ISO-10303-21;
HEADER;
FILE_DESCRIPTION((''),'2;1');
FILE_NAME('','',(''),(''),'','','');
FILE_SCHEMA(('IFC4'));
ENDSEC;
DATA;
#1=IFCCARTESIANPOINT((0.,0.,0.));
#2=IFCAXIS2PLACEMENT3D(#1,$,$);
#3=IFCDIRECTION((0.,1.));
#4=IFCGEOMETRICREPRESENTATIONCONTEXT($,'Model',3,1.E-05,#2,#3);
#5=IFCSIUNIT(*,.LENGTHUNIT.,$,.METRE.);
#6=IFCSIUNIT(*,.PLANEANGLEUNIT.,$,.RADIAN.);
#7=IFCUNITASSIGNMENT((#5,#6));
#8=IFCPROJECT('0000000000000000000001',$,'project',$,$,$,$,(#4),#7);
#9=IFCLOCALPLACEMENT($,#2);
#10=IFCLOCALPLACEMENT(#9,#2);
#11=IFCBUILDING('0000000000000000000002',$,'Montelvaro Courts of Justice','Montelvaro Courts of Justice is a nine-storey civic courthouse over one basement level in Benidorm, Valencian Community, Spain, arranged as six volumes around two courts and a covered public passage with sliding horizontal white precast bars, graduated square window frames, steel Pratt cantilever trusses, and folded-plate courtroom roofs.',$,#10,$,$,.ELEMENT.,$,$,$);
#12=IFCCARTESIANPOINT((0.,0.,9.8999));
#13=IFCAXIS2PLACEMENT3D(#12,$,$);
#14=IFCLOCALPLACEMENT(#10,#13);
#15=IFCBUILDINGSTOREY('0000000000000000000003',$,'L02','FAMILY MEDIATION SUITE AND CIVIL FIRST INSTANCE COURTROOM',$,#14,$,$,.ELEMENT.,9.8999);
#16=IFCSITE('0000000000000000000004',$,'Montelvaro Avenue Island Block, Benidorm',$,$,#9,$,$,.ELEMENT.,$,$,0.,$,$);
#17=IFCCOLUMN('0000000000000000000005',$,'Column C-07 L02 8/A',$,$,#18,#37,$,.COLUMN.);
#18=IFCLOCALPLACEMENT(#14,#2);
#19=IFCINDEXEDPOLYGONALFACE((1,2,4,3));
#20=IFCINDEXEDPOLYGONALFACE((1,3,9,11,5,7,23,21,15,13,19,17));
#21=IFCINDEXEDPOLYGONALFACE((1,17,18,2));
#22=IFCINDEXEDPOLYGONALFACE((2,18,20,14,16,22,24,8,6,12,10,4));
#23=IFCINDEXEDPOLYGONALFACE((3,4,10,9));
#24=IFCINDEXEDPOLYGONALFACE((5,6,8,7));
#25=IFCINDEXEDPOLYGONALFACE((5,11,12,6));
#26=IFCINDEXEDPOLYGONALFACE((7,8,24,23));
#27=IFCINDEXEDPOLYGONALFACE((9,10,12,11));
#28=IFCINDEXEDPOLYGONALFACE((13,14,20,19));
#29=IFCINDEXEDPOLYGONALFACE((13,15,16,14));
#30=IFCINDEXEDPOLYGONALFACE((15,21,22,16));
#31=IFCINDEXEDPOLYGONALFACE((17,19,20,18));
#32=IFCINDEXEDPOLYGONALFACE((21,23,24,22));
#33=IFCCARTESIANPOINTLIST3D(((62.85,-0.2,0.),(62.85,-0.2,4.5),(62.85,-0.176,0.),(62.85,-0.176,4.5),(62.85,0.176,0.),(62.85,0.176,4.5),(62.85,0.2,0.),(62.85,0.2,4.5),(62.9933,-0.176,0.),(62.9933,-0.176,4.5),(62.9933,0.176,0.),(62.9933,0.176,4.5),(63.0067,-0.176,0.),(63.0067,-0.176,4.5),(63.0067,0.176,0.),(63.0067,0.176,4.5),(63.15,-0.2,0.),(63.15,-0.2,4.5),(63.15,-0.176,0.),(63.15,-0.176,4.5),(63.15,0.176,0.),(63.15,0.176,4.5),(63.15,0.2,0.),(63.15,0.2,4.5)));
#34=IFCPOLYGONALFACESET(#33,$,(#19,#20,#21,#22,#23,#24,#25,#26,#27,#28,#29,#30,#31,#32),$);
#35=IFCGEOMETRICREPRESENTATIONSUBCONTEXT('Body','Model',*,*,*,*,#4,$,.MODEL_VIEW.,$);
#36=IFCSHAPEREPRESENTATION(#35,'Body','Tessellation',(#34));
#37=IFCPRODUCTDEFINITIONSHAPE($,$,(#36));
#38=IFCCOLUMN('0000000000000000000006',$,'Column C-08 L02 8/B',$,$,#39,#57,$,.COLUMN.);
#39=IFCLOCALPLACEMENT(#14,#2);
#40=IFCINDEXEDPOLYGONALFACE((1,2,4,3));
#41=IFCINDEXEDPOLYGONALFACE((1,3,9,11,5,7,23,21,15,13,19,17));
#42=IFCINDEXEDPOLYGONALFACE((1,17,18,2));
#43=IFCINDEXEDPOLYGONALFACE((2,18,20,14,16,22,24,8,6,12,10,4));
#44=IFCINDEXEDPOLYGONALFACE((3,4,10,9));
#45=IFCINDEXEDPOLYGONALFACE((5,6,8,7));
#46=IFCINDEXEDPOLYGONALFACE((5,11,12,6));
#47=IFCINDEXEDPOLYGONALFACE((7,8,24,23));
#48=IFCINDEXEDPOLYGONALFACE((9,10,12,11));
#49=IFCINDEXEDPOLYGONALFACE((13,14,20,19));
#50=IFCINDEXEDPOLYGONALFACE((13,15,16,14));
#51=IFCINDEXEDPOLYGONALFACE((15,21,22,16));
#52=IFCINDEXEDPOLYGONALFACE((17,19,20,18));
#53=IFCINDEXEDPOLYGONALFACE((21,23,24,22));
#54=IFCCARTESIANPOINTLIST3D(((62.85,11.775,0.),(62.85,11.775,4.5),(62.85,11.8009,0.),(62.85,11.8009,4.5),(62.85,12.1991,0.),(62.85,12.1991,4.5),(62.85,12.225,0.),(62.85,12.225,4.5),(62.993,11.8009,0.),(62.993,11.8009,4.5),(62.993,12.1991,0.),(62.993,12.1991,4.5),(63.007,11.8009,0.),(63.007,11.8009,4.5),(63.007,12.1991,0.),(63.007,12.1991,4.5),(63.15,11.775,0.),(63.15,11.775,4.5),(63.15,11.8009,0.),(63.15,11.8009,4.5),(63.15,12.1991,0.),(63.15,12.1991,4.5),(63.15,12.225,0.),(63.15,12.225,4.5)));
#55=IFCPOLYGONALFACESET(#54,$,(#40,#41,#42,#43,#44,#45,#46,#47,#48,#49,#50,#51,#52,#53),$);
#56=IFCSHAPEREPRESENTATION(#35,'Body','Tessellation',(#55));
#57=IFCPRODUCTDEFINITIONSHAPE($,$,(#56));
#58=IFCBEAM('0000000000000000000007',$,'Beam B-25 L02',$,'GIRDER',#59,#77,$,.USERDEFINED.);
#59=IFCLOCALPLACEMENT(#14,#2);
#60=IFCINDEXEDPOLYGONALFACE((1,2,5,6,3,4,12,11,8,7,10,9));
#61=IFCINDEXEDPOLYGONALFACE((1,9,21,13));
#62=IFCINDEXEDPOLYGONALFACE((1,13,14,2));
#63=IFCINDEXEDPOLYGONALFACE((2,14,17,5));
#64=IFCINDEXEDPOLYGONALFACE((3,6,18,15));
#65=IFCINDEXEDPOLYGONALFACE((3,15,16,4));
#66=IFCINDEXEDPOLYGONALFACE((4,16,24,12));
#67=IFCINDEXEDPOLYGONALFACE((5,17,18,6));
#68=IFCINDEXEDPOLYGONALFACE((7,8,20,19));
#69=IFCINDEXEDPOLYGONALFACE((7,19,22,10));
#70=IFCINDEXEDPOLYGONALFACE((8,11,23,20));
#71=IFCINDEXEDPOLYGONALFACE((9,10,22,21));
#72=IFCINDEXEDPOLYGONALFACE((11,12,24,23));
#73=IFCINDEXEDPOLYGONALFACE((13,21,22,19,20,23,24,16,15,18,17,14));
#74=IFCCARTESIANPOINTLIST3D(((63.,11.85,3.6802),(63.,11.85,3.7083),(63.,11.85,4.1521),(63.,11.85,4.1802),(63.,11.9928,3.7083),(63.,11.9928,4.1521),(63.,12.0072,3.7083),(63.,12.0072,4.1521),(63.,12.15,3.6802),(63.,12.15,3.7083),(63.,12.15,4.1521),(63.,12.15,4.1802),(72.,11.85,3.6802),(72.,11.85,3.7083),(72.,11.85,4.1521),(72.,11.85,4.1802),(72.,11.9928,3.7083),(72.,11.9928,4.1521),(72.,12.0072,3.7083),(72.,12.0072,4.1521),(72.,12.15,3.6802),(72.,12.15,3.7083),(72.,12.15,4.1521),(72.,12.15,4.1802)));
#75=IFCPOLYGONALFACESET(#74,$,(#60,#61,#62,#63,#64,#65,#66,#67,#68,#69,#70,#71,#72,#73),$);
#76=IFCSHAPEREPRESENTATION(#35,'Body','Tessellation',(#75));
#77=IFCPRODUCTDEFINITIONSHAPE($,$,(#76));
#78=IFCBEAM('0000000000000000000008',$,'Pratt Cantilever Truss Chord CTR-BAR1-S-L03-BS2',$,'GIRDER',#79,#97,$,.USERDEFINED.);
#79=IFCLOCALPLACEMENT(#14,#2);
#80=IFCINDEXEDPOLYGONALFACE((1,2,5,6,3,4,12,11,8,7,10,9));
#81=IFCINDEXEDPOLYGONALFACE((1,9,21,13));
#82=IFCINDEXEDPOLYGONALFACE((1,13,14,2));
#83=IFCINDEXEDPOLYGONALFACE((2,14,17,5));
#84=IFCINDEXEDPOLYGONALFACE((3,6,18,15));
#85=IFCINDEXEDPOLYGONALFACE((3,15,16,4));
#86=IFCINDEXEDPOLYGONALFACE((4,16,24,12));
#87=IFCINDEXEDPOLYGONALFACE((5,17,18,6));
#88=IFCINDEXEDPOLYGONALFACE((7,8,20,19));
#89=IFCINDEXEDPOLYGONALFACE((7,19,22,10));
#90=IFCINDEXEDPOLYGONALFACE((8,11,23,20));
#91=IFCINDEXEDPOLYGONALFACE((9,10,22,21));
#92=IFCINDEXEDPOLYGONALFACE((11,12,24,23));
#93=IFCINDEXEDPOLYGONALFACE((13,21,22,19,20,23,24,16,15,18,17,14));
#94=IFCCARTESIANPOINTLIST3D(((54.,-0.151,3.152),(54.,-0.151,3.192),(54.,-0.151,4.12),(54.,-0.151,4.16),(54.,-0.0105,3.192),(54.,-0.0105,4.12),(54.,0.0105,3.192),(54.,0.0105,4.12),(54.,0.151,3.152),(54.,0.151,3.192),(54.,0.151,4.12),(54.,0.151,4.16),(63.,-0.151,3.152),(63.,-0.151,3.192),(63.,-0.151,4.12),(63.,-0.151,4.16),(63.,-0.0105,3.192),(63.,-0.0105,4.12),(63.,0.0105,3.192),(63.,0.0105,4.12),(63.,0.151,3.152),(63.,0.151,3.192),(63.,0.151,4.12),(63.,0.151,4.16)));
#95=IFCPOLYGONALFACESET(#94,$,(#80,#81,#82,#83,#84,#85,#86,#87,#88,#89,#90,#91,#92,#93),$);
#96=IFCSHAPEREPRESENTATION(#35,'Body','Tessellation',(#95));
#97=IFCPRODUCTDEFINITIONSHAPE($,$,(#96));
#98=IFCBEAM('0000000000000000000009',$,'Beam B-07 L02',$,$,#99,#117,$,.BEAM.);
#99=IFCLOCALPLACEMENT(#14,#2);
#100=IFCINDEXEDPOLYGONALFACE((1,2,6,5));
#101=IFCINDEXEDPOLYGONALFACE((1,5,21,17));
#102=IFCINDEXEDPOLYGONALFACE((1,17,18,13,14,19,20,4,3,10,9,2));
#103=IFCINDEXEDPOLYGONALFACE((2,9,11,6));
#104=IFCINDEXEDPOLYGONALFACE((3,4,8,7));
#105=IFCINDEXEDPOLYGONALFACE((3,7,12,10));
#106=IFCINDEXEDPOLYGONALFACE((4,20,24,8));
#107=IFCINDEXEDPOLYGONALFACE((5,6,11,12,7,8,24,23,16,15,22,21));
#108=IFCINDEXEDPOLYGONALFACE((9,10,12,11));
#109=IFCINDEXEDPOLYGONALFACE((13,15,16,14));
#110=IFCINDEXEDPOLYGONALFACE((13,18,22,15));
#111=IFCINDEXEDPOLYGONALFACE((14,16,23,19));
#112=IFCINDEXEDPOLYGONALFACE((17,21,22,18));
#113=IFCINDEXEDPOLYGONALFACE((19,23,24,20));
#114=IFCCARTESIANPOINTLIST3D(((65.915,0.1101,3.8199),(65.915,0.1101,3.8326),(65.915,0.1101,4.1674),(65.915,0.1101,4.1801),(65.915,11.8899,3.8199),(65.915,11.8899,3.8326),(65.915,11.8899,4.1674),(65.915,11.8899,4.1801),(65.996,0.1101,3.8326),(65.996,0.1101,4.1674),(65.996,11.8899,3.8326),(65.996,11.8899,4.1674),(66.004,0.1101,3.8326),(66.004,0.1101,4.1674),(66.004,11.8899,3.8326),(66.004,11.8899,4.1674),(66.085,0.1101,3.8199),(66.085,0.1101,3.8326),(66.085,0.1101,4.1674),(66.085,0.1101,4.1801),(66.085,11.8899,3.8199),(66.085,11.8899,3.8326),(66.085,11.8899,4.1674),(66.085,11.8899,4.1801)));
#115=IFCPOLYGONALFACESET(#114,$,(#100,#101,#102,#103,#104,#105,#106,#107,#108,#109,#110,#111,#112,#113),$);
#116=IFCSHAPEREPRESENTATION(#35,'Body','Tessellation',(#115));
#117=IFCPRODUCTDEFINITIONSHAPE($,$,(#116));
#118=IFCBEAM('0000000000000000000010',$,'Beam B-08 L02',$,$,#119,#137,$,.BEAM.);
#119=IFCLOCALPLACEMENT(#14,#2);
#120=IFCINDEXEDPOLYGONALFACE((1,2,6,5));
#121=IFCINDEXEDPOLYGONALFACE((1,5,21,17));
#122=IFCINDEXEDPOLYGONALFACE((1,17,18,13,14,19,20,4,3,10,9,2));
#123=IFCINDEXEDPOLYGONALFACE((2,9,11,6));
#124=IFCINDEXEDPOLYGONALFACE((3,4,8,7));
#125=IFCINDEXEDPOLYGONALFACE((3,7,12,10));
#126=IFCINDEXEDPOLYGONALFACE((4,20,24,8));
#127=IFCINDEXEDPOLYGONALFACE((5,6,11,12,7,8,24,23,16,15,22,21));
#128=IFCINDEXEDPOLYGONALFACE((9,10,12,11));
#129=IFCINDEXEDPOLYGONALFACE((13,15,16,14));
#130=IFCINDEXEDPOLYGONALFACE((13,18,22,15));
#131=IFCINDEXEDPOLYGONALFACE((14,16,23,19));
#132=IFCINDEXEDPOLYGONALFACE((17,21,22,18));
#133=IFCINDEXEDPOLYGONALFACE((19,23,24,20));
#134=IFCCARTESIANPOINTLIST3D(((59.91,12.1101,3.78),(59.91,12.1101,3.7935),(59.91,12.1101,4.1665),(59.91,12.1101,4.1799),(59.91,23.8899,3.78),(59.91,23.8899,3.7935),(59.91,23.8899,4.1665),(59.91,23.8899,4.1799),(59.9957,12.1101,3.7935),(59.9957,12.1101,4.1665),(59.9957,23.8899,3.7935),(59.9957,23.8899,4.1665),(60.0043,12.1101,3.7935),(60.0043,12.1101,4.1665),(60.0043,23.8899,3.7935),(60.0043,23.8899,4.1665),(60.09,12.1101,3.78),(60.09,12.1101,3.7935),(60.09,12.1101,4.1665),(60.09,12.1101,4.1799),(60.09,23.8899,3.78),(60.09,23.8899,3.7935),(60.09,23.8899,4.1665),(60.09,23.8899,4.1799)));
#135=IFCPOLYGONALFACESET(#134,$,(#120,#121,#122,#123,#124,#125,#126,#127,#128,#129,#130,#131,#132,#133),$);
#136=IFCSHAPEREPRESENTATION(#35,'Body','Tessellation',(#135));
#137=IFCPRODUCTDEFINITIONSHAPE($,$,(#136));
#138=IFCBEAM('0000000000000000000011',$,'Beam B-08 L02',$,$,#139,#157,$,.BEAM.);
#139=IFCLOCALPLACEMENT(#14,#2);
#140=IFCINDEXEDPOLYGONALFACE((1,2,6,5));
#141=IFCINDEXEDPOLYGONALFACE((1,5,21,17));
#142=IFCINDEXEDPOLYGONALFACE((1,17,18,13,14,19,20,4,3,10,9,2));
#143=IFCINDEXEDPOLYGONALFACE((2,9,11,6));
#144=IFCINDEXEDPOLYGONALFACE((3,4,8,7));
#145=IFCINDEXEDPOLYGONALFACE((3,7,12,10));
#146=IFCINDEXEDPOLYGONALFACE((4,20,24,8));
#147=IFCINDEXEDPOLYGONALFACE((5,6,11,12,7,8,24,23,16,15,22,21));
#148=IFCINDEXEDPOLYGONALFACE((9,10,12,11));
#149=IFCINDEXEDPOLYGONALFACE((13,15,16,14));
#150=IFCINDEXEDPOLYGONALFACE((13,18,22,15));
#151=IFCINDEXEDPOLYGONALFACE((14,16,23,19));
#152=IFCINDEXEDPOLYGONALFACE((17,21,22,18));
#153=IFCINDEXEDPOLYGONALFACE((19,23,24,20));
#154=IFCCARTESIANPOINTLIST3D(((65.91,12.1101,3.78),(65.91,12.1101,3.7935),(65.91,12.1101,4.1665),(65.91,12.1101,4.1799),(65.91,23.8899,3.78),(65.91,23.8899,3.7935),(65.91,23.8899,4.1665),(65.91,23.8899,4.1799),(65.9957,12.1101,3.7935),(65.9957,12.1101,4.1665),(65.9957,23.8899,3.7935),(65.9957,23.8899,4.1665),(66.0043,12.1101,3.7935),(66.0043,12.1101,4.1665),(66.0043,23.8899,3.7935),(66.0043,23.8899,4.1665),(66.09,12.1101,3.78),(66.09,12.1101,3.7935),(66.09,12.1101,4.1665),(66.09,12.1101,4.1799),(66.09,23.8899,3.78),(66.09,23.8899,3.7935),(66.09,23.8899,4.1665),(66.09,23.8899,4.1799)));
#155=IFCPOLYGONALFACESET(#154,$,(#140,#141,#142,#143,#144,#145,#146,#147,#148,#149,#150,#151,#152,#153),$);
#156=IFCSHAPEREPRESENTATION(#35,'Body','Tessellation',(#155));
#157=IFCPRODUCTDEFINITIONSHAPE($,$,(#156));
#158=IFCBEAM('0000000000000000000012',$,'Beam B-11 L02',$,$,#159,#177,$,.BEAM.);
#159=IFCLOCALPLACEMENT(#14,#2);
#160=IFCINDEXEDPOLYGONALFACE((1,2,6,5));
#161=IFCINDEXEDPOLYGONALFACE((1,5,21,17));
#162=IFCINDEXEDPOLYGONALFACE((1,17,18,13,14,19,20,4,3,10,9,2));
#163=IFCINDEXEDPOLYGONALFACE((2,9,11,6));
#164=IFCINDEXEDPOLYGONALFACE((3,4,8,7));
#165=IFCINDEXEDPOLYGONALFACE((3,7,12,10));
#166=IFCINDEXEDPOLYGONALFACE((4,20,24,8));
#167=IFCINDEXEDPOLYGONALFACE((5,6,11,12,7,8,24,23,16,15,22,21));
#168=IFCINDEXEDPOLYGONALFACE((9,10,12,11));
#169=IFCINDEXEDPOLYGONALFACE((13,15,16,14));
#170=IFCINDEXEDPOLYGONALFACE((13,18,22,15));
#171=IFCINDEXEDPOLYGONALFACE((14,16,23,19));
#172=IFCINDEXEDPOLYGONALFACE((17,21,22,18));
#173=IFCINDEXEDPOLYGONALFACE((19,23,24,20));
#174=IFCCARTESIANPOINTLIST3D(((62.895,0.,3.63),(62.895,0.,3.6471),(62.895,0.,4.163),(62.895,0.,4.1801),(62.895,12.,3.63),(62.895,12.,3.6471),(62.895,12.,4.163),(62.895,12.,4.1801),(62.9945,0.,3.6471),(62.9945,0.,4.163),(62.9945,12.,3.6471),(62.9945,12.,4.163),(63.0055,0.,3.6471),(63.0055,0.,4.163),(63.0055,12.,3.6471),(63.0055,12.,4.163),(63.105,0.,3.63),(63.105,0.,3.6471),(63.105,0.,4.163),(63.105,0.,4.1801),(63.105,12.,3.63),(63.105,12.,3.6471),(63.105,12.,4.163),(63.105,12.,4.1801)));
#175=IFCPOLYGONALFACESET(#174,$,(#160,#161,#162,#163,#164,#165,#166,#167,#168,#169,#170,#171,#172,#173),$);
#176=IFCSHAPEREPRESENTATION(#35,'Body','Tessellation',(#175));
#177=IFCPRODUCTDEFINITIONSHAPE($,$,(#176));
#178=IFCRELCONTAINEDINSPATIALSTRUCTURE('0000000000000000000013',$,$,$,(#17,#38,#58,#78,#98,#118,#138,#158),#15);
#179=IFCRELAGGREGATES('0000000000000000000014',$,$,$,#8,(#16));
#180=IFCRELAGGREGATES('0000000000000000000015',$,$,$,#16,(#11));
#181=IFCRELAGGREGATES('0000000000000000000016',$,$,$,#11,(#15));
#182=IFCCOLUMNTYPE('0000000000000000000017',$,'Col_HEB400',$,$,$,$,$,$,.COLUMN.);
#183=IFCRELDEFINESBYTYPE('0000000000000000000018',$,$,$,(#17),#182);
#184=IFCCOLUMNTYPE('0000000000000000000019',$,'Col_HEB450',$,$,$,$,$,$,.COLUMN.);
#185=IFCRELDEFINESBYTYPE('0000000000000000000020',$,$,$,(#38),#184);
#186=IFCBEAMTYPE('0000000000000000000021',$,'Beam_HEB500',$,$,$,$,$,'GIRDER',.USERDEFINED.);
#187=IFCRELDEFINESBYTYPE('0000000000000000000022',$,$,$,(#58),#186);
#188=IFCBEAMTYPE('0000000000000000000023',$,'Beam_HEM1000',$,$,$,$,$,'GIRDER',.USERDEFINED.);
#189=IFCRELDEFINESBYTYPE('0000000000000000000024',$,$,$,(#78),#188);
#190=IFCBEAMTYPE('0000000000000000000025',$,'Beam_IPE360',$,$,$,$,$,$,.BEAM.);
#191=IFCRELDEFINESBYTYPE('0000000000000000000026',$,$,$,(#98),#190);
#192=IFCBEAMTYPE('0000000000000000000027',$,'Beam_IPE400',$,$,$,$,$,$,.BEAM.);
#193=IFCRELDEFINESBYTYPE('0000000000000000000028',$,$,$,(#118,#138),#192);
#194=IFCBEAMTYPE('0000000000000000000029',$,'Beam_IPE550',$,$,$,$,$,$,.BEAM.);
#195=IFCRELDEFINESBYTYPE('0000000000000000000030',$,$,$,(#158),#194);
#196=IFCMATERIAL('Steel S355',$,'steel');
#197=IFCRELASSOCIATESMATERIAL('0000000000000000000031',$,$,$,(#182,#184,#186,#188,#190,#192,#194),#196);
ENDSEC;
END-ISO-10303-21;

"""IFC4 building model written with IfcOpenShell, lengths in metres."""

from ifc_helpers import new_model, si_unit, direction, frame, origin, origin_2d, place, context, subcontext, project, spatial, i_section, extrude, material, material_profile, profile_set, type_object, element, save


model = new_model("IFC4")

# Units and contexts
model_context = context("Model", 3, precision=1e-05, world=origin(), true_north=direction((0.0, 1.0)))
body_context = subcontext(model_context, "Body", "Model", "MODEL_VIEW")
ifc_project = project(units=[si_unit("LENGTHUNIT", "METRE"), si_unit("PLANEANGLEUNIT", "RADIAN")], contexts=[model_context])

# Site, building, storey
site_placement = place(None, origin())
site = spatial("IfcSite", under=ifc_project, at=site_placement, Name="Montelvaro Avenue Island Block, Benidorm", CompositionType="ELEMENT", RefElevation=0.0)
building_placement = place(site_placement, origin())
building = spatial("IfcBuilding", under=site, at=building_placement, Name="Montelvaro Courts of Justice", Description="Montelvaro Courts of Justice is a nine-storey civic courthouse over one basement level in Benidorm, Valencian Community, Spain, arranged as six volumes around two courts and a covered public passage with sliding horizontal white precast bars, graduated square window frames, steel Pratt cantilever trusses, and folded-plate courtroom roofs.", CompositionType="ELEMENT")
storey_placement = place(building_placement, frame((0.0, 0.0, 9.8999)))
storey = spatial("IfcBuildingStorey", under=building, at=storey_placement, Name="L02", Description="FAMILY MEDIATION SUITE AND CIVIL FIRST INSTANCE COURTROOM", CompositionType="ELEMENT", Elevation=9.8999)

# Columns
ifc_material_1 = material(Name="Steel S355", Category="steel")
ifc_material_profile_1 = material_profile(ifc_material_1, i_section(OverallWidth=0.3, OverallDepth=0.3999, WebThickness=0.0134, FlangeThickness=0.0239, at=origin_2d()), Name="HEB 400")
ifc_profile_set_1 = profile_set([ifc_material_profile_1], Name="Steel S355")
column_type_1 = type_object("IfcColumnType", Name="Col_HEB400", PredefinedType="COLUMN", material=ifc_profile_set_1)
column_1_placement = place(storey_placement, frame((63.0, 0.0, 0.0), z_axis=(0.0, 0.0, 1.0), x_axis=(1.0, 0.0, 0.0)))
element("IfcColumn", 1, at=column_1_placement, inside=storey, type_object=column_type_1, Name="Column C-07 L02 8/A", PredefinedType="COLUMN", context=body_context, shape_type="SweptSolid", body=[
    extrude(i_section(OverallWidth=0.3, OverallDepth=0.3999, WebThickness=0.0134, FlangeThickness=0.0239, at=origin_2d()), origin(), (0.0, 0.0, 1.0), 4.5),
])
ifc_material_profile_2 = material_profile(ifc_material_1, i_section(OverallWidth=0.3, OverallDepth=0.45, WebThickness=0.0139, FlangeThickness=0.0259, at=origin_2d()), Name="HEB 450")
ifc_profile_set_2 = profile_set([ifc_material_profile_2], Name="Steel S355")
column_type_2 = type_object("IfcColumnType", Name="Col_HEB450", PredefinedType="COLUMN", material=ifc_profile_set_2)
column_2_placement = place(storey_placement, frame((63.0, 12.0, 0.0), z_axis=(0.0, 0.0, 1.0), x_axis=(1.0, 0.0, 0.0)))
element("IfcColumn", 2, at=column_2_placement, inside=storey, type_object=column_type_2, Name="Column C-08 L02 8/B", PredefinedType="COLUMN", context=body_context, shape_type="SweptSolid", body=[
    extrude(i_section(OverallWidth=0.3, OverallDepth=0.45, WebThickness=0.0139, FlangeThickness=0.0259, at=origin_2d()), origin(), (0.0, 0.0, 1.0), 4.5),
])

# Beams
ifc_material_profile_3 = material_profile(ifc_material_1, i_section(OverallWidth=0.3, OverallDepth=0.5, WebThickness=0.0144, FlangeThickness=0.0281, at=origin_2d()), Name="HEB 500")
ifc_profile_set_3 = profile_set([ifc_material_profile_3], Name="Steel S355")
beam_type_1 = type_object("IfcBeamType", Name="Beam_HEB500", ElementType="GIRDER", PredefinedType="USERDEFINED", material=ifc_profile_set_3)
beam_1_placement = place(storey_placement, frame((63.0, 12.0, 3.9302), z_axis=(1.0, 0.0, 0.0), x_axis=(0.0, 1.0, 0.0)))
element("IfcBeam", 3, at=beam_1_placement, inside=storey, type_object=beam_type_1, Name="Beam B-25 L02", ObjectType="GIRDER", PredefinedType="USERDEFINED", context=body_context, shape_type="SweptSolid", body=[
    extrude(i_section(OverallWidth=0.3, OverallDepth=0.5, WebThickness=0.0144, FlangeThickness=0.0281, at=origin_2d()), origin(), (0.0, 0.0, 1.0), 9.0),
])
ifc_material_profile_4 = material_profile(ifc_material_1, i_section(OverallWidth=0.302, OverallDepth=1.0081, WebThickness=0.021, FlangeThickness=0.04, at=origin_2d()), Name="HEM 1000")
ifc_profile_set_4 = profile_set([ifc_material_profile_4], Name="Steel S355")
beam_type_2 = type_object("IfcBeamType", Name="Beam_HEM1000", ElementType="GIRDER", PredefinedType="USERDEFINED", material=ifc_profile_set_4)
beam_2_placement = place(storey_placement, frame((63.0, 0.0, 3.656), z_axis=(-1.0, 0.0, 0.0), x_axis=(0.0, -1.0, 0.0)))
element("IfcBeam", 4, at=beam_2_placement, inside=storey, type_object=beam_type_2, Name="Pratt Cantilever Truss Chord CTR-BAR1-S-L03-BS2", ObjectType="GIRDER", PredefinedType="USERDEFINED", context=body_context, shape_type="SweptSolid", body=[
    extrude(i_section(OverallWidth=0.302, OverallDepth=1.0081, WebThickness=0.021, FlangeThickness=0.04, at=origin_2d()), origin(), (0.0, 0.0, 1.0), 9.0),
])
ifc_material_profile_5 = material_profile(ifc_material_1, i_section(OverallWidth=0.1699, OverallDepth=0.3601, WebThickness=0.0081, FlangeThickness=0.0127, at=origin_2d()), Name="IPE 360")
ifc_profile_set_5 = profile_set([ifc_material_profile_5], Name="Steel S355")
beam_type_3 = type_object("IfcBeamType", Name="Beam_IPE360", PredefinedType="BEAM", material=ifc_profile_set_5)
beam_3_placement = place(storey_placement, frame((66.0, 0.1101, 4.0), z_axis=(0.0, 1.0, 0.0), x_axis=(-1.0, 0.0, 0.0)))
element("IfcBeam", 5, at=beam_3_placement, inside=storey, type_object=beam_type_3, Name="Beam B-07 L02", PredefinedType="BEAM", context=body_context, shape_type="SweptSolid", body=[
    extrude(i_section(OverallWidth=0.1699, OverallDepth=0.3601, WebThickness=0.0081, FlangeThickness=0.0127, at=origin_2d()), origin(), (0.0, 0.0, 1.0), 11.7798),
])
ifc_material_profile_6 = material_profile(ifc_material_1, i_section(OverallWidth=0.1799, OverallDepth=0.3999, WebThickness=0.0085, FlangeThickness=0.0134, at=origin_2d()), Name="IPE 400")
ifc_profile_set_6 = profile_set([ifc_material_profile_6], Name="Steel S355")
beam_type_4 = type_object("IfcBeamType", Name="Beam_IPE400", PredefinedType="BEAM", material=ifc_profile_set_6)
for number, where, z_axis, x_axis, name in (
    (6, (60.0, 12.1101, 3.98), (0.0, 1.0, 0.0), (-1.0, 0.0, 0.0), "Beam B-08 L02"),
    (7, (66.0, 12.1101, 3.98), (0.0, 1.0, 0.0), (-1.0, 0.0, 0.0), "Beam B-08 L02"),
):
    element("IfcBeam", number, at=place(storey_placement, frame(where, z_axis=z_axis, x_axis=x_axis)), inside=storey, type_object=beam_type_4, Name=name, PredefinedType="BEAM", context=body_context, shape_type="SweptSolid", body=[
        extrude(i_section(OverallWidth=0.1799, OverallDepth=0.3999, WebThickness=0.0085, FlangeThickness=0.0134, at=origin_2d()), origin(), (0.0, 0.0, 1.0), 11.7798),
    ])
ifc_material_profile_7 = material_profile(ifc_material_1, i_section(OverallWidth=0.21, OverallDepth=0.55, WebThickness=0.011, FlangeThickness=0.0171, at=origin_2d()), Name="IPE 550")
ifc_profile_set_7 = profile_set([ifc_material_profile_7], Name="Steel S355")
beam_type_5 = type_object("IfcBeamType", Name="Beam_IPE550", PredefinedType="BEAM", material=ifc_profile_set_7)
for number, where, z_axis, x_axis, name in (
    (8, (63.0, 0.0, 3.905), (0.0, 1.0, 0.0), (-1.0, 0.0, 0.0), "Beam B-11 L02"),
):
    element("IfcBeam", number, at=place(storey_placement, frame(where, z_axis=z_axis, x_axis=x_axis)), inside=storey, type_object=beam_type_5, Name=name, PredefinedType="BEAM", context=body_context, shape_type="SweptSolid", body=[
        extrude(i_section(OverallWidth=0.21, OverallDepth=0.55, WebThickness=0.011, FlangeThickness=0.0171, at=origin_2d()), origin(), (0.0, 0.0, 1.0), 12.0),
    ])

save(model, "model.ifc")
